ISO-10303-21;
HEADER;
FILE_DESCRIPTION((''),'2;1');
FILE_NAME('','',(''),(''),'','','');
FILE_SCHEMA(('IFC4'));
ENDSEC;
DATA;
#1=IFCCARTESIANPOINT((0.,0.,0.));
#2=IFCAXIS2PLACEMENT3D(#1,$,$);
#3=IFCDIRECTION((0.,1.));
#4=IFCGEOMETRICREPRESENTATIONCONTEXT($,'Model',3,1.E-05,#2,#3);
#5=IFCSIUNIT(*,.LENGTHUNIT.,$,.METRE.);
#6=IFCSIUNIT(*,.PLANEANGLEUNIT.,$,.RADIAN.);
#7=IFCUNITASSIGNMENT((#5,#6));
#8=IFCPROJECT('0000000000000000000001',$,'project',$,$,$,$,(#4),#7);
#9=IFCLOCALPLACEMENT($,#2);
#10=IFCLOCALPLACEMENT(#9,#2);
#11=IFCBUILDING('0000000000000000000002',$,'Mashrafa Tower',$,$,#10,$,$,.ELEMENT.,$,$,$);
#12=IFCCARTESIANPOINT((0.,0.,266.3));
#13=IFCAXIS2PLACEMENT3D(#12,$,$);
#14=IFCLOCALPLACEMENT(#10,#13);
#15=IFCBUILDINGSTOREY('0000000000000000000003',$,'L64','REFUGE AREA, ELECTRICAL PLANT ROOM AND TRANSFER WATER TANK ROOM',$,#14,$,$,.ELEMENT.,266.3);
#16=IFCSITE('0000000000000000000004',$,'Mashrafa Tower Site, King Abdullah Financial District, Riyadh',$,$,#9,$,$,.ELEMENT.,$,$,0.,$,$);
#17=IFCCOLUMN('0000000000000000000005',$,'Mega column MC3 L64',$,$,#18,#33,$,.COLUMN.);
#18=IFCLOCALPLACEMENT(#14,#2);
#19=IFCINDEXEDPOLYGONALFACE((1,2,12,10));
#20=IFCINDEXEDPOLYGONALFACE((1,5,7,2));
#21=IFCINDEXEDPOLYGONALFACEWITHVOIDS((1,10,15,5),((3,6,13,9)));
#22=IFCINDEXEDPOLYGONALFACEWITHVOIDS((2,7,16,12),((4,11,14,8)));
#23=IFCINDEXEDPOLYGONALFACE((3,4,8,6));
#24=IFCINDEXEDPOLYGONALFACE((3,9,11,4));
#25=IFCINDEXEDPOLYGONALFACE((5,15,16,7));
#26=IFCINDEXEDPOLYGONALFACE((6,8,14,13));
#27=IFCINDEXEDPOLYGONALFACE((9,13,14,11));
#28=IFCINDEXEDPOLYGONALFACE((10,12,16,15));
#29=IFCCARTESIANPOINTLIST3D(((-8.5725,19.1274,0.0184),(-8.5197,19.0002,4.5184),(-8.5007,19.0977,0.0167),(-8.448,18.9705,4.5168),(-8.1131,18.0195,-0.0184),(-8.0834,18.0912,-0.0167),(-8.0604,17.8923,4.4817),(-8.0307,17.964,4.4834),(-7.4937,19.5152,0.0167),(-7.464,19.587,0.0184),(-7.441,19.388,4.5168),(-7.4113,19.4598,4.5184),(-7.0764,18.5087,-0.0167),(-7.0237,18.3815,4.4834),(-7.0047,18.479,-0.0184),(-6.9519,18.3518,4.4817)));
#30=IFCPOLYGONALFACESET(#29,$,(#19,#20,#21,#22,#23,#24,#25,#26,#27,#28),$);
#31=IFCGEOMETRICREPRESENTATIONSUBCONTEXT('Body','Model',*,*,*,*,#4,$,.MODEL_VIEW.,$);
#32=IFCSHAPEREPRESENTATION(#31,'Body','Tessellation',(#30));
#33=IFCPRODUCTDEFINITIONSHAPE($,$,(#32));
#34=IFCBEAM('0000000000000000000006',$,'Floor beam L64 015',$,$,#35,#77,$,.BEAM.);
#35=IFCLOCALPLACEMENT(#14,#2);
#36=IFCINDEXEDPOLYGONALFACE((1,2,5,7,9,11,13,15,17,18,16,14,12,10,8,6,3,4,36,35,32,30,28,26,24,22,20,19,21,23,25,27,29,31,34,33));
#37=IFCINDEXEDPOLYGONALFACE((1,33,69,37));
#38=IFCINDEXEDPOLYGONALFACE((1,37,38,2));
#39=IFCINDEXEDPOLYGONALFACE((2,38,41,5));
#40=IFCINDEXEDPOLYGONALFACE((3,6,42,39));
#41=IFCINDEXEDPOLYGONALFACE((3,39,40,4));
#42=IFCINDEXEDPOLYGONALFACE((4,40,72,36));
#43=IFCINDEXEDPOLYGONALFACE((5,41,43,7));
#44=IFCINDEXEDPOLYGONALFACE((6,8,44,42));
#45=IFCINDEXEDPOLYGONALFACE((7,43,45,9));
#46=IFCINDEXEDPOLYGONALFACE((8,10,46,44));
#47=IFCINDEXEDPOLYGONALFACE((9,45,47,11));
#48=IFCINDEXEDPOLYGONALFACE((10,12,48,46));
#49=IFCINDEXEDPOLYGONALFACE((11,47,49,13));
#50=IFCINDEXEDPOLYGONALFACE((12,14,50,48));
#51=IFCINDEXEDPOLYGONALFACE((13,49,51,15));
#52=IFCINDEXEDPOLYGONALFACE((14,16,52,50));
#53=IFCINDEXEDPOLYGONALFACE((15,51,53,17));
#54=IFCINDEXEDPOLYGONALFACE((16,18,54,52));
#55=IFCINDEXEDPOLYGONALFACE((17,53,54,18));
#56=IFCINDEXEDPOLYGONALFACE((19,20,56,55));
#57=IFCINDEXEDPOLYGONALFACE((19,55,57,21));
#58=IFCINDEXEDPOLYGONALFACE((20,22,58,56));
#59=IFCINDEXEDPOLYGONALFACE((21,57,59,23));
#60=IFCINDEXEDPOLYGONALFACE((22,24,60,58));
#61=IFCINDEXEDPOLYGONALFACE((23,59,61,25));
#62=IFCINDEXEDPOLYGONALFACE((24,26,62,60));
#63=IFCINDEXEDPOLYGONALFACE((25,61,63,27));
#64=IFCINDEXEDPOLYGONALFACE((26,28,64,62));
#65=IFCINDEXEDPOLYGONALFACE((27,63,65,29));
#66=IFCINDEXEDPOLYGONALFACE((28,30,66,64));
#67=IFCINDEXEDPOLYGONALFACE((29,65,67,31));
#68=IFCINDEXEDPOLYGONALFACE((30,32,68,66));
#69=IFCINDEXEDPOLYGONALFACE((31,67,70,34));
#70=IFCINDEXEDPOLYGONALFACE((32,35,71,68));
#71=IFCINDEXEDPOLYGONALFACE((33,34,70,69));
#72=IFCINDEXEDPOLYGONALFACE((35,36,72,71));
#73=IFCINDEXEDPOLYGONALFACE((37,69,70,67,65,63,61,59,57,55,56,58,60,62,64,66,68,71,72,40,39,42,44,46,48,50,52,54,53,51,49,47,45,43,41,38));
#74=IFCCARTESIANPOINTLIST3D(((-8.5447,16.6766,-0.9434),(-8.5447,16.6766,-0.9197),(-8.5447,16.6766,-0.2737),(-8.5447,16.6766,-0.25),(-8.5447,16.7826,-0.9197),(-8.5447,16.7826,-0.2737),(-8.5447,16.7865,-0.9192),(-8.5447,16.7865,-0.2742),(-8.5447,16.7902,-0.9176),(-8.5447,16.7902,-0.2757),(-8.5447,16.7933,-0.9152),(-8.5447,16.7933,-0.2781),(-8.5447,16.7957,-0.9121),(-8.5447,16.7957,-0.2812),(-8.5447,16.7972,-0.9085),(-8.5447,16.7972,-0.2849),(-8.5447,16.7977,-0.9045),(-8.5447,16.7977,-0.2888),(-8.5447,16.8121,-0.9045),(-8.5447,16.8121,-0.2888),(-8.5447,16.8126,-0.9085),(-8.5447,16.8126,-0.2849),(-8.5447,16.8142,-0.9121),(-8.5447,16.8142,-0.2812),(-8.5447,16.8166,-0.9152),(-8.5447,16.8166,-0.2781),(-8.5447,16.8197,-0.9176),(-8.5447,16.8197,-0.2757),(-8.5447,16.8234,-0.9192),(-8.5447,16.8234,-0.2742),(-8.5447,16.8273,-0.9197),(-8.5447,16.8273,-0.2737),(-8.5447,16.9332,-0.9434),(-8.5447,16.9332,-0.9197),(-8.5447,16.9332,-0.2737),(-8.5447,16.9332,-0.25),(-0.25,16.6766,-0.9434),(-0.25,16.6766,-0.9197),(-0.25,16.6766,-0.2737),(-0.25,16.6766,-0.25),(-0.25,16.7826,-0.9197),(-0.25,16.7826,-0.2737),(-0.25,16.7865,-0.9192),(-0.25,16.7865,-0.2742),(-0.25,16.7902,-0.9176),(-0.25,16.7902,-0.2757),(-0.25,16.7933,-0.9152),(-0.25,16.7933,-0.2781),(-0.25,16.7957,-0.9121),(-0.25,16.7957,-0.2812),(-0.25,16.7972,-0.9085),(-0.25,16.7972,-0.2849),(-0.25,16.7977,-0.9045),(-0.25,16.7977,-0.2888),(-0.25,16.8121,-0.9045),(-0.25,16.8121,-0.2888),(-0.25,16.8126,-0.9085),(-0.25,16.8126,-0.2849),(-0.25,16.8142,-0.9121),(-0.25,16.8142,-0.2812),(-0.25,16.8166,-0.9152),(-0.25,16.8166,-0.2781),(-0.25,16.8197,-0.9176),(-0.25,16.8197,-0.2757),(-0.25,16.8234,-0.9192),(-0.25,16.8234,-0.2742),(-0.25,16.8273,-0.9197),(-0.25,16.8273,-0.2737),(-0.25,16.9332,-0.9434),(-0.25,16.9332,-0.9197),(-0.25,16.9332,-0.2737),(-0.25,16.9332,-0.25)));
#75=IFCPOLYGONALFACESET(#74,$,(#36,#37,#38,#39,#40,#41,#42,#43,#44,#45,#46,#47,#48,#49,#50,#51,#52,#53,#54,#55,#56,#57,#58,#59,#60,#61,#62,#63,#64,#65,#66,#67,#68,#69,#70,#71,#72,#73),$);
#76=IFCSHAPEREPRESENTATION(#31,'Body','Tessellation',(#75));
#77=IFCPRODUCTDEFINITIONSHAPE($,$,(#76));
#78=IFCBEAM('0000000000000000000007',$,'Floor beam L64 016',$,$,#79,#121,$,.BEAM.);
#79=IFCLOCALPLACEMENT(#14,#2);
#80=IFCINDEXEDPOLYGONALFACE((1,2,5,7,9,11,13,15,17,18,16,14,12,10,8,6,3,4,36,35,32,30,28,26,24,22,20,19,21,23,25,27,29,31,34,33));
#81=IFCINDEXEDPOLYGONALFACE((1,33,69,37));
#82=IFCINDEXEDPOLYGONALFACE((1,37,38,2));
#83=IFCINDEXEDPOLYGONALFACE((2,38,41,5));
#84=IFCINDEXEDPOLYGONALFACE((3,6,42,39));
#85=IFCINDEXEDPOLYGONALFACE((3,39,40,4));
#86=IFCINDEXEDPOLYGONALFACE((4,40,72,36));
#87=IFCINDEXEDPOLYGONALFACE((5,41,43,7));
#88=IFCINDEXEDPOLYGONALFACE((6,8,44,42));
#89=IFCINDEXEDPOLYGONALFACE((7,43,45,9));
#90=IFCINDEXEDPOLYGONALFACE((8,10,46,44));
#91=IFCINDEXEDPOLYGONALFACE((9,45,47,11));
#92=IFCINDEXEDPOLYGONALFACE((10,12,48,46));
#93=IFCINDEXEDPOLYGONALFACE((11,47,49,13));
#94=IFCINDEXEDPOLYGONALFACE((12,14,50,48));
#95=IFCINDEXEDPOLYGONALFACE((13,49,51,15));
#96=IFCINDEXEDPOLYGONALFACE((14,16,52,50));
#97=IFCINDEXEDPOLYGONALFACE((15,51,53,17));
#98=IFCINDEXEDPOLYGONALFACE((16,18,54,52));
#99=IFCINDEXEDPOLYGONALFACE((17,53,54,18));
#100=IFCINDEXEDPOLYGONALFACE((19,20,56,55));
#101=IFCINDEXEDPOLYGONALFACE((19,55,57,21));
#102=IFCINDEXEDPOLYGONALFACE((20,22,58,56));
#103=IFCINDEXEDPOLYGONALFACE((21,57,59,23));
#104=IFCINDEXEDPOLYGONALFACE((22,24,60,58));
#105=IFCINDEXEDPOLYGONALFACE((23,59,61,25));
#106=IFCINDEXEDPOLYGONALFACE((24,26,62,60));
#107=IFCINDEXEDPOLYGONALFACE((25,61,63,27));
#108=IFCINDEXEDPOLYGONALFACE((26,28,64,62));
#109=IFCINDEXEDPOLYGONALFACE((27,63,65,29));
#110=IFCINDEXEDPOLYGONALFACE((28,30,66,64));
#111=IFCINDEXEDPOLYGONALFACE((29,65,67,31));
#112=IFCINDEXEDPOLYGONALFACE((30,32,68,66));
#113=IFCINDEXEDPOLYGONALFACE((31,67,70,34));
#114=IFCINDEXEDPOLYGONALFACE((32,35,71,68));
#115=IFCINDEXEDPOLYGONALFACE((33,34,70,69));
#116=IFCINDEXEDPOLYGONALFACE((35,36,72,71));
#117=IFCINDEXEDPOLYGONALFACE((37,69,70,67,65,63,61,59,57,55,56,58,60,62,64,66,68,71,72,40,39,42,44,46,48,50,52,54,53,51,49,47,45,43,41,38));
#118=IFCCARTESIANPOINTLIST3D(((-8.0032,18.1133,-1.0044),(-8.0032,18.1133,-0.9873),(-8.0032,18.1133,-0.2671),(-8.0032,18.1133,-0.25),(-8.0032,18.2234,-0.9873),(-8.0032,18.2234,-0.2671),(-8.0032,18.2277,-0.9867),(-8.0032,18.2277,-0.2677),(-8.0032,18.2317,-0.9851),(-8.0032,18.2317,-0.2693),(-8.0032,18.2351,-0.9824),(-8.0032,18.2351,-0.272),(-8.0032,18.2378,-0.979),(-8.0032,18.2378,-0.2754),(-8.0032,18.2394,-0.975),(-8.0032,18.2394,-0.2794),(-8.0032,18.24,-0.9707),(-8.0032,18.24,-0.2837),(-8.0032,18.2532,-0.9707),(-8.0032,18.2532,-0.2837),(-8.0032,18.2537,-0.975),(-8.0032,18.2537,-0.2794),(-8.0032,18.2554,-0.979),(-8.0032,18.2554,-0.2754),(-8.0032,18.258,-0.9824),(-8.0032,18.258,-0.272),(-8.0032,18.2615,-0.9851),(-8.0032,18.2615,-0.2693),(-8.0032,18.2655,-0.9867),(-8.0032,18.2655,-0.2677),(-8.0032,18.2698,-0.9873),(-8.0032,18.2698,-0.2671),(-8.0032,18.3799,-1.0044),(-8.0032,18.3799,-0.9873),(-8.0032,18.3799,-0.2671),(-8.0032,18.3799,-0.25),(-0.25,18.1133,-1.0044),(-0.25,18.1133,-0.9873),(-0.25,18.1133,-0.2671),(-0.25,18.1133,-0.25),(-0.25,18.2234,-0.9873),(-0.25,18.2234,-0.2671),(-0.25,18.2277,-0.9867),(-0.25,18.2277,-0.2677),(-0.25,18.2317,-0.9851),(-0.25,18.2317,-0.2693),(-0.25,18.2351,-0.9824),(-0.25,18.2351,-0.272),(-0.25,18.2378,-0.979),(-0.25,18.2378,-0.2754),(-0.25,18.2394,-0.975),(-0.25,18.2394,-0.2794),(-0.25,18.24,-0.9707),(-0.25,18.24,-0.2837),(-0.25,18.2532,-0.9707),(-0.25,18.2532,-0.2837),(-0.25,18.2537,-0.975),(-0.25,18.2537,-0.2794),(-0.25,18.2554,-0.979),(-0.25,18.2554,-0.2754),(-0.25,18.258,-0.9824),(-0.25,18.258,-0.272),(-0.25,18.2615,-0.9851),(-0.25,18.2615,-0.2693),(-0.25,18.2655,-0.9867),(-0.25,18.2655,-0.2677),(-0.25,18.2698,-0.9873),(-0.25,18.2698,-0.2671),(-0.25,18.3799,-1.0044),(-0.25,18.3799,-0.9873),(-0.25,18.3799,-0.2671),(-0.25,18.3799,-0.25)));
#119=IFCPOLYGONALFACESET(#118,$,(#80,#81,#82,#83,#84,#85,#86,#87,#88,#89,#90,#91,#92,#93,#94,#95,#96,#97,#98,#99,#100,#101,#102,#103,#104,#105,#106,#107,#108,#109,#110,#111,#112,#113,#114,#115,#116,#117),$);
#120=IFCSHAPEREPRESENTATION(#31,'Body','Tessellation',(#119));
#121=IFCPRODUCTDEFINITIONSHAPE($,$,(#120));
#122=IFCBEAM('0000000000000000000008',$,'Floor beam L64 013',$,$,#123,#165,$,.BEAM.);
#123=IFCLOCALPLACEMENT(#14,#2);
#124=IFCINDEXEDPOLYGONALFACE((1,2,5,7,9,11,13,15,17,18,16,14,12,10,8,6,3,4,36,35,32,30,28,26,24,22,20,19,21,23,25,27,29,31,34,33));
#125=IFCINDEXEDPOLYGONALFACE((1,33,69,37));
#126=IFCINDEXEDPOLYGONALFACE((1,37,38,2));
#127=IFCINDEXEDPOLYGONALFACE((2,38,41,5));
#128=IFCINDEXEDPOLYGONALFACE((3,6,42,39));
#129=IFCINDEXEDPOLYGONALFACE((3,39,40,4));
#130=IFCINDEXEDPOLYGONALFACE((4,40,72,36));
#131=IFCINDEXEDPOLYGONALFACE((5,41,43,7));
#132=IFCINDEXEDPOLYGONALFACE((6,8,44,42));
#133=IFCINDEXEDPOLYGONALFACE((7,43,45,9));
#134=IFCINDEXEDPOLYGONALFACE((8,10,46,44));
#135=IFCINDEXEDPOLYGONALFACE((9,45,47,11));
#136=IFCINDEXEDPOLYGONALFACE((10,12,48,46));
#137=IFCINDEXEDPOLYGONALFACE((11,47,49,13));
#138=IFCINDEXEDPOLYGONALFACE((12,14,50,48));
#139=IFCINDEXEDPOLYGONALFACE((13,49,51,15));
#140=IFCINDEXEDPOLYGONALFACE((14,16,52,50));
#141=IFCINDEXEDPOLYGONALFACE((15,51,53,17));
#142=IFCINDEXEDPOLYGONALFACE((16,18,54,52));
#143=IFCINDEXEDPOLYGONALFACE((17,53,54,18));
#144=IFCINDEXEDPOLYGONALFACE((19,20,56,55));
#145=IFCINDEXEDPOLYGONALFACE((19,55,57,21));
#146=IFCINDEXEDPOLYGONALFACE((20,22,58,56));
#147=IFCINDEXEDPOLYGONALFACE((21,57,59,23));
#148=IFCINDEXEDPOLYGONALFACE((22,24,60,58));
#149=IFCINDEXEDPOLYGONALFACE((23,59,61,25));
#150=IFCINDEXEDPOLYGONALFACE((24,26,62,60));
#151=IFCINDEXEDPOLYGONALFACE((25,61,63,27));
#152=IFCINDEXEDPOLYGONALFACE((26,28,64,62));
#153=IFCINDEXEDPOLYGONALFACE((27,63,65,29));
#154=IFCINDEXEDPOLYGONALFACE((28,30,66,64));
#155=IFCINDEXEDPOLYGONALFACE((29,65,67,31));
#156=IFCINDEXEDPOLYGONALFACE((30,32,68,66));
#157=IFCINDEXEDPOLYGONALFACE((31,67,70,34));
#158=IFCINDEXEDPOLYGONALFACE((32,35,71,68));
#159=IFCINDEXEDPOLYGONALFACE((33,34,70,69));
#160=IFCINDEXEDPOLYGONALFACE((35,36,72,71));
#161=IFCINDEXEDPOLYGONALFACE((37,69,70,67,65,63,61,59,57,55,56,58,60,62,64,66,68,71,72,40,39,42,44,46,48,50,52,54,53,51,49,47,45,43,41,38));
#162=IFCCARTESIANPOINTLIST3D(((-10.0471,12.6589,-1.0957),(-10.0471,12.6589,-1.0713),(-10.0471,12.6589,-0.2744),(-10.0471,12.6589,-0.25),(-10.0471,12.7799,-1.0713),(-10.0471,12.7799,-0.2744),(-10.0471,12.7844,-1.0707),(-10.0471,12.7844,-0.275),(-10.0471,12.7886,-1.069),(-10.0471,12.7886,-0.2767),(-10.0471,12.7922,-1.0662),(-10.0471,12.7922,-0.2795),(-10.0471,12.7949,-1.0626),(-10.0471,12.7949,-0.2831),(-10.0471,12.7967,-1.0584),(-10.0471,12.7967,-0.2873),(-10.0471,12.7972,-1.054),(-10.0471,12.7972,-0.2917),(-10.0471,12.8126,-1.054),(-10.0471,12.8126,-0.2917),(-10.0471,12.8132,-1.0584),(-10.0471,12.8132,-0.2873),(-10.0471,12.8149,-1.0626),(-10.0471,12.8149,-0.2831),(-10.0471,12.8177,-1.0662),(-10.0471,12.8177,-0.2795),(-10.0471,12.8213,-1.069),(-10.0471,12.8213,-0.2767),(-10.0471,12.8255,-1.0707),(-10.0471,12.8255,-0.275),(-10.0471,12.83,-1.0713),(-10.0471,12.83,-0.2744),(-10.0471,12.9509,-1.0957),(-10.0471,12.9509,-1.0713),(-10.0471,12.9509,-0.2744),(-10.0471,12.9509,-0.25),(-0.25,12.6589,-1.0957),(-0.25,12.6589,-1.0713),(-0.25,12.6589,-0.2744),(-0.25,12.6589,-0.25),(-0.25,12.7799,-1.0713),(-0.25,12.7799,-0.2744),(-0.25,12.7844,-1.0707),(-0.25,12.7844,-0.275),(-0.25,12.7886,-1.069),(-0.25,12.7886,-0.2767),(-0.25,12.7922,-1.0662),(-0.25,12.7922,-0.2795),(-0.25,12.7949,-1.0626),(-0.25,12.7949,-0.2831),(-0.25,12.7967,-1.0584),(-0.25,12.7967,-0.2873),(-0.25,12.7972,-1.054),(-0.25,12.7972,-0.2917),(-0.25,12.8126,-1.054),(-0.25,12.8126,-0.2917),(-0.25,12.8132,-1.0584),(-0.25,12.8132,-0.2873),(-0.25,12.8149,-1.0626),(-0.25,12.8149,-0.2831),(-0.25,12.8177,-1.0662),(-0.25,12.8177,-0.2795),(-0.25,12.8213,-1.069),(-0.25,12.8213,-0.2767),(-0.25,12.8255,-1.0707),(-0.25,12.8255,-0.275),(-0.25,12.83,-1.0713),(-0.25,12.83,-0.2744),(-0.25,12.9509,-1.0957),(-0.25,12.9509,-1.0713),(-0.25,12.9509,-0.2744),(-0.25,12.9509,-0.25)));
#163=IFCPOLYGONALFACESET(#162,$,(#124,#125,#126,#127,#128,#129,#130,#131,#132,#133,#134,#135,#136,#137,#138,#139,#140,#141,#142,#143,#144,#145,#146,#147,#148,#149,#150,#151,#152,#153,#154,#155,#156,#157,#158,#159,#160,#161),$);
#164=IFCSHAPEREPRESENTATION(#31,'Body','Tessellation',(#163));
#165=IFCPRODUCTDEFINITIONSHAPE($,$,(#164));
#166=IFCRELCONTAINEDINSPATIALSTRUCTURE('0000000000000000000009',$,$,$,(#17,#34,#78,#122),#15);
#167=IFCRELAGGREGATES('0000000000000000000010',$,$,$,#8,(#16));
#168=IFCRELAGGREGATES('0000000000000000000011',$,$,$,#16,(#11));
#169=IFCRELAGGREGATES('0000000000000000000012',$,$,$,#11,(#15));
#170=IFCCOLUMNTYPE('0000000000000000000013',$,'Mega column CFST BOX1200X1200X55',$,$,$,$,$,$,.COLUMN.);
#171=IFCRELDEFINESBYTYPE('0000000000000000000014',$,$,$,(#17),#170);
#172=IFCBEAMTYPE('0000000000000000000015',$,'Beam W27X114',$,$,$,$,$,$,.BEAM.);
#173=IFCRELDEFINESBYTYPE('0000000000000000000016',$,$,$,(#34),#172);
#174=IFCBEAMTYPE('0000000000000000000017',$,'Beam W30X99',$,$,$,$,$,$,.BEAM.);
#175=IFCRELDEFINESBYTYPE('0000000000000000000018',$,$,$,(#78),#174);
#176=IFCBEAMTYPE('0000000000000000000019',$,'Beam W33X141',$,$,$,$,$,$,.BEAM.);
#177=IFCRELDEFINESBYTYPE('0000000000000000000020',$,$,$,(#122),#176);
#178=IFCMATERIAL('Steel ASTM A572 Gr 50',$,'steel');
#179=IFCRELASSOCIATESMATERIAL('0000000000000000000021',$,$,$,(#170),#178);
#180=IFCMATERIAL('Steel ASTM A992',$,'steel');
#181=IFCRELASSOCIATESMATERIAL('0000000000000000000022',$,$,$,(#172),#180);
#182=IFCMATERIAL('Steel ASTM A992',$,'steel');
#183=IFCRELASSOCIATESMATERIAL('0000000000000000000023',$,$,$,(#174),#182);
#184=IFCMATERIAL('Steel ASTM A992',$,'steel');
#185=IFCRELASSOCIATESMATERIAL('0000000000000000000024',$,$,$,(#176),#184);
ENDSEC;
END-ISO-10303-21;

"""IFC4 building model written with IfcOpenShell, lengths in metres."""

from ifc_helpers import new_model, si_unit, direction, frame, origin, origin_2d, place, context, subcontext, project, spatial, hollow_rectangle, i_section, extrude, material, material_profile, profile_set, type_object, element, save


model = new_model("IFC4")

# Units and contexts
model_context = context("Model", 3, precision=1e-05, world=origin(), true_north=direction((0.0, 1.0)))
body_context = subcontext(model_context, "Body", "Model", "MODEL_VIEW")
ifc_project = project(units=[si_unit("LENGTHUNIT", "METRE"), si_unit("PLANEANGLEUNIT", "RADIAN")], contexts=[model_context])

# Site, building, storey
site_placement = place(None, origin())
site = spatial("IfcSite", under=ifc_project, at=site_placement, Name="Mashrafa Tower Site, King Abdullah Financial District, Riyadh", CompositionType="ELEMENT", RefElevation=0.0)
building_placement = place(site_placement, origin())
building = spatial("IfcBuilding", under=site, at=building_placement, Name="Mashrafa Tower", CompositionType="ELEMENT")
storey_placement = place(building_placement, frame((0.0, 0.0, 266.3)))
storey = spatial("IfcBuildingStorey", under=building, at=storey_placement, Name="L64", Description="REFUGE AREA, ELECTRICAL PLANT ROOM AND TRANSFER WATER TANK ROOM", CompositionType="ELEMENT", Elevation=266.3)

# Column
ifc_material_1 = material(Name="Steel ASTM A572 Gr 50", Category="steel")
ifc_material_profile_1 = material_profile(ifc_material_1, hollow_rectangle(XDim=1.2, YDim=1.2, WallThickness=0.0549, at=origin_2d()), Name="BOX1200X1200X55")
ifc_profile_set_1 = profile_set([ifc_material_profile_1], Name="Steel ASTM A572 Gr 50")
column_type = type_object("IfcColumnType", Name="Mega column CFST BOX1200X1200X55", PredefinedType="COLUMN", material=ifc_profile_set_1)
column_placement = place(storey_placement, frame((-7.7886, 18.8032, 0.0), z_axis=(0.011713, -0.028253, 0.999532), x_axis=(0.923757, 0.382978, 0.0)))
element("IfcColumn", 1, at=column_placement, inside=storey, type_object=column_type, Name="Mega column MC3 L64", PredefinedType="COLUMN", context=body_context, shape_type="SweptSolid", body=[
    extrude(hollow_rectangle(XDim=1.2, YDim=1.2, WallThickness=0.0549, at=origin_2d()), origin(), (0.0, 0.0, 1.0), 4.5022),
])

# Beams
ifc_material_2 = material(Name="Steel ASTM A992", Category="steel")
ifc_material_profile_2 = material_profile(ifc_material_2, i_section(OverallWidth=0.2566, OverallDepth=0.6934, WebThickness=0.0144, FlangeThickness=0.0237, FilletRadius=0.0151, at=origin_2d()), Name="W27X114")
ifc_profile_set_2 = profile_set([ifc_material_profile_2], Name="Steel ASTM A992")
beam_type_1 = type_object("IfcBeamType", Name="Beam W27X114", PredefinedType="BEAM", material=ifc_profile_set_2)
beam_1_placement = place(storey_placement, frame((-8.5447, 16.8049, -0.5967), z_axis=(1.0, 0.0, 0.0), x_axis=(0.0, 1.0, 0.0)))
element("IfcBeam", 2, at=beam_1_placement, inside=storey, type_object=beam_type_1, Name="Floor beam L64 015", PredefinedType="BEAM", context=body_context, shape_type="SweptSolid", body=[
    extrude(i_section(OverallWidth=0.2566, OverallDepth=0.6934, WebThickness=0.0144, FlangeThickness=0.0237, FilletRadius=0.0151, at=origin_2d()), origin(), (0.0, 0.0, 1.0), 8.2947),
])
ifc_material_3 = material(Name="Steel ASTM A992", Category="steel")
ifc_material_profile_3 = material_profile(ifc_material_3, i_section(OverallWidth=0.2666, OverallDepth=0.7544, WebThickness=0.0132, FlangeThickness=0.0171, FilletRadius=0.0166, at=origin_2d()), Name="W30X99")
ifc_profile_set_3 = profile_set([ifc_material_profile_3], Name="Steel ASTM A992")
beam_type_2 = type_object("IfcBeamType", Name="Beam W30X99", PredefinedType="BEAM", material=ifc_profile_set_3)
beam_2_placement = place(storey_placement, frame((-8.0032, 18.2466, -0.6272), z_axis=(1.0, 0.0, 0.0), x_axis=(0.0, 1.0, 0.0)))
element("IfcBeam", 3, at=beam_2_placement, inside=storey, type_object=beam_type_2, Name="Floor beam L64 016", PredefinedType="BEAM", context=body_context, shape_type="SweptSolid", body=[
    extrude(i_section(OverallWidth=0.2666, OverallDepth=0.7544, WebThickness=0.0132, FlangeThickness=0.0171, FilletRadius=0.0166, at=origin_2d()), origin(), (0.0, 0.0, 1.0), 7.7532),
])
ifc_material_4 = material(Name="Steel ASTM A992", Category="steel")
ifc_material_profile_4 = material_profile(ifc_material_4, i_section(OverallWidth=0.292, OverallDepth=0.8457, WebThickness=0.0154, FlangeThickness=0.0244, FilletRadius=0.0173, at=origin_2d()), Name="W33X141")
ifc_profile_set_4 = profile_set([ifc_material_profile_4], Name="Steel ASTM A992")
beam_type_3 = type_object("IfcBeamType", Name="Beam W33X141", PredefinedType="BEAM", material=ifc_profile_set_4)
beam_3_placement = place(storey_placement, frame((-10.0471, 12.8049, -0.6729), z_axis=(1.0, 0.0, 0.0), x_axis=(0.0, 1.0, 0.0)))
element("IfcBeam", 4, at=beam_3_placement, inside=storey, type_object=beam_type_3, Name="Floor beam L64 013", PredefinedType="BEAM", context=body_context, shape_type="SweptSolid", body=[
    extrude(i_section(OverallWidth=0.292, OverallDepth=0.8457, WebThickness=0.0154, FlangeThickness=0.0244, FilletRadius=0.0173, at=origin_2d()), origin(), (0.0, 0.0, 1.0), 9.7971),
])

save(model, "model.ifc")
